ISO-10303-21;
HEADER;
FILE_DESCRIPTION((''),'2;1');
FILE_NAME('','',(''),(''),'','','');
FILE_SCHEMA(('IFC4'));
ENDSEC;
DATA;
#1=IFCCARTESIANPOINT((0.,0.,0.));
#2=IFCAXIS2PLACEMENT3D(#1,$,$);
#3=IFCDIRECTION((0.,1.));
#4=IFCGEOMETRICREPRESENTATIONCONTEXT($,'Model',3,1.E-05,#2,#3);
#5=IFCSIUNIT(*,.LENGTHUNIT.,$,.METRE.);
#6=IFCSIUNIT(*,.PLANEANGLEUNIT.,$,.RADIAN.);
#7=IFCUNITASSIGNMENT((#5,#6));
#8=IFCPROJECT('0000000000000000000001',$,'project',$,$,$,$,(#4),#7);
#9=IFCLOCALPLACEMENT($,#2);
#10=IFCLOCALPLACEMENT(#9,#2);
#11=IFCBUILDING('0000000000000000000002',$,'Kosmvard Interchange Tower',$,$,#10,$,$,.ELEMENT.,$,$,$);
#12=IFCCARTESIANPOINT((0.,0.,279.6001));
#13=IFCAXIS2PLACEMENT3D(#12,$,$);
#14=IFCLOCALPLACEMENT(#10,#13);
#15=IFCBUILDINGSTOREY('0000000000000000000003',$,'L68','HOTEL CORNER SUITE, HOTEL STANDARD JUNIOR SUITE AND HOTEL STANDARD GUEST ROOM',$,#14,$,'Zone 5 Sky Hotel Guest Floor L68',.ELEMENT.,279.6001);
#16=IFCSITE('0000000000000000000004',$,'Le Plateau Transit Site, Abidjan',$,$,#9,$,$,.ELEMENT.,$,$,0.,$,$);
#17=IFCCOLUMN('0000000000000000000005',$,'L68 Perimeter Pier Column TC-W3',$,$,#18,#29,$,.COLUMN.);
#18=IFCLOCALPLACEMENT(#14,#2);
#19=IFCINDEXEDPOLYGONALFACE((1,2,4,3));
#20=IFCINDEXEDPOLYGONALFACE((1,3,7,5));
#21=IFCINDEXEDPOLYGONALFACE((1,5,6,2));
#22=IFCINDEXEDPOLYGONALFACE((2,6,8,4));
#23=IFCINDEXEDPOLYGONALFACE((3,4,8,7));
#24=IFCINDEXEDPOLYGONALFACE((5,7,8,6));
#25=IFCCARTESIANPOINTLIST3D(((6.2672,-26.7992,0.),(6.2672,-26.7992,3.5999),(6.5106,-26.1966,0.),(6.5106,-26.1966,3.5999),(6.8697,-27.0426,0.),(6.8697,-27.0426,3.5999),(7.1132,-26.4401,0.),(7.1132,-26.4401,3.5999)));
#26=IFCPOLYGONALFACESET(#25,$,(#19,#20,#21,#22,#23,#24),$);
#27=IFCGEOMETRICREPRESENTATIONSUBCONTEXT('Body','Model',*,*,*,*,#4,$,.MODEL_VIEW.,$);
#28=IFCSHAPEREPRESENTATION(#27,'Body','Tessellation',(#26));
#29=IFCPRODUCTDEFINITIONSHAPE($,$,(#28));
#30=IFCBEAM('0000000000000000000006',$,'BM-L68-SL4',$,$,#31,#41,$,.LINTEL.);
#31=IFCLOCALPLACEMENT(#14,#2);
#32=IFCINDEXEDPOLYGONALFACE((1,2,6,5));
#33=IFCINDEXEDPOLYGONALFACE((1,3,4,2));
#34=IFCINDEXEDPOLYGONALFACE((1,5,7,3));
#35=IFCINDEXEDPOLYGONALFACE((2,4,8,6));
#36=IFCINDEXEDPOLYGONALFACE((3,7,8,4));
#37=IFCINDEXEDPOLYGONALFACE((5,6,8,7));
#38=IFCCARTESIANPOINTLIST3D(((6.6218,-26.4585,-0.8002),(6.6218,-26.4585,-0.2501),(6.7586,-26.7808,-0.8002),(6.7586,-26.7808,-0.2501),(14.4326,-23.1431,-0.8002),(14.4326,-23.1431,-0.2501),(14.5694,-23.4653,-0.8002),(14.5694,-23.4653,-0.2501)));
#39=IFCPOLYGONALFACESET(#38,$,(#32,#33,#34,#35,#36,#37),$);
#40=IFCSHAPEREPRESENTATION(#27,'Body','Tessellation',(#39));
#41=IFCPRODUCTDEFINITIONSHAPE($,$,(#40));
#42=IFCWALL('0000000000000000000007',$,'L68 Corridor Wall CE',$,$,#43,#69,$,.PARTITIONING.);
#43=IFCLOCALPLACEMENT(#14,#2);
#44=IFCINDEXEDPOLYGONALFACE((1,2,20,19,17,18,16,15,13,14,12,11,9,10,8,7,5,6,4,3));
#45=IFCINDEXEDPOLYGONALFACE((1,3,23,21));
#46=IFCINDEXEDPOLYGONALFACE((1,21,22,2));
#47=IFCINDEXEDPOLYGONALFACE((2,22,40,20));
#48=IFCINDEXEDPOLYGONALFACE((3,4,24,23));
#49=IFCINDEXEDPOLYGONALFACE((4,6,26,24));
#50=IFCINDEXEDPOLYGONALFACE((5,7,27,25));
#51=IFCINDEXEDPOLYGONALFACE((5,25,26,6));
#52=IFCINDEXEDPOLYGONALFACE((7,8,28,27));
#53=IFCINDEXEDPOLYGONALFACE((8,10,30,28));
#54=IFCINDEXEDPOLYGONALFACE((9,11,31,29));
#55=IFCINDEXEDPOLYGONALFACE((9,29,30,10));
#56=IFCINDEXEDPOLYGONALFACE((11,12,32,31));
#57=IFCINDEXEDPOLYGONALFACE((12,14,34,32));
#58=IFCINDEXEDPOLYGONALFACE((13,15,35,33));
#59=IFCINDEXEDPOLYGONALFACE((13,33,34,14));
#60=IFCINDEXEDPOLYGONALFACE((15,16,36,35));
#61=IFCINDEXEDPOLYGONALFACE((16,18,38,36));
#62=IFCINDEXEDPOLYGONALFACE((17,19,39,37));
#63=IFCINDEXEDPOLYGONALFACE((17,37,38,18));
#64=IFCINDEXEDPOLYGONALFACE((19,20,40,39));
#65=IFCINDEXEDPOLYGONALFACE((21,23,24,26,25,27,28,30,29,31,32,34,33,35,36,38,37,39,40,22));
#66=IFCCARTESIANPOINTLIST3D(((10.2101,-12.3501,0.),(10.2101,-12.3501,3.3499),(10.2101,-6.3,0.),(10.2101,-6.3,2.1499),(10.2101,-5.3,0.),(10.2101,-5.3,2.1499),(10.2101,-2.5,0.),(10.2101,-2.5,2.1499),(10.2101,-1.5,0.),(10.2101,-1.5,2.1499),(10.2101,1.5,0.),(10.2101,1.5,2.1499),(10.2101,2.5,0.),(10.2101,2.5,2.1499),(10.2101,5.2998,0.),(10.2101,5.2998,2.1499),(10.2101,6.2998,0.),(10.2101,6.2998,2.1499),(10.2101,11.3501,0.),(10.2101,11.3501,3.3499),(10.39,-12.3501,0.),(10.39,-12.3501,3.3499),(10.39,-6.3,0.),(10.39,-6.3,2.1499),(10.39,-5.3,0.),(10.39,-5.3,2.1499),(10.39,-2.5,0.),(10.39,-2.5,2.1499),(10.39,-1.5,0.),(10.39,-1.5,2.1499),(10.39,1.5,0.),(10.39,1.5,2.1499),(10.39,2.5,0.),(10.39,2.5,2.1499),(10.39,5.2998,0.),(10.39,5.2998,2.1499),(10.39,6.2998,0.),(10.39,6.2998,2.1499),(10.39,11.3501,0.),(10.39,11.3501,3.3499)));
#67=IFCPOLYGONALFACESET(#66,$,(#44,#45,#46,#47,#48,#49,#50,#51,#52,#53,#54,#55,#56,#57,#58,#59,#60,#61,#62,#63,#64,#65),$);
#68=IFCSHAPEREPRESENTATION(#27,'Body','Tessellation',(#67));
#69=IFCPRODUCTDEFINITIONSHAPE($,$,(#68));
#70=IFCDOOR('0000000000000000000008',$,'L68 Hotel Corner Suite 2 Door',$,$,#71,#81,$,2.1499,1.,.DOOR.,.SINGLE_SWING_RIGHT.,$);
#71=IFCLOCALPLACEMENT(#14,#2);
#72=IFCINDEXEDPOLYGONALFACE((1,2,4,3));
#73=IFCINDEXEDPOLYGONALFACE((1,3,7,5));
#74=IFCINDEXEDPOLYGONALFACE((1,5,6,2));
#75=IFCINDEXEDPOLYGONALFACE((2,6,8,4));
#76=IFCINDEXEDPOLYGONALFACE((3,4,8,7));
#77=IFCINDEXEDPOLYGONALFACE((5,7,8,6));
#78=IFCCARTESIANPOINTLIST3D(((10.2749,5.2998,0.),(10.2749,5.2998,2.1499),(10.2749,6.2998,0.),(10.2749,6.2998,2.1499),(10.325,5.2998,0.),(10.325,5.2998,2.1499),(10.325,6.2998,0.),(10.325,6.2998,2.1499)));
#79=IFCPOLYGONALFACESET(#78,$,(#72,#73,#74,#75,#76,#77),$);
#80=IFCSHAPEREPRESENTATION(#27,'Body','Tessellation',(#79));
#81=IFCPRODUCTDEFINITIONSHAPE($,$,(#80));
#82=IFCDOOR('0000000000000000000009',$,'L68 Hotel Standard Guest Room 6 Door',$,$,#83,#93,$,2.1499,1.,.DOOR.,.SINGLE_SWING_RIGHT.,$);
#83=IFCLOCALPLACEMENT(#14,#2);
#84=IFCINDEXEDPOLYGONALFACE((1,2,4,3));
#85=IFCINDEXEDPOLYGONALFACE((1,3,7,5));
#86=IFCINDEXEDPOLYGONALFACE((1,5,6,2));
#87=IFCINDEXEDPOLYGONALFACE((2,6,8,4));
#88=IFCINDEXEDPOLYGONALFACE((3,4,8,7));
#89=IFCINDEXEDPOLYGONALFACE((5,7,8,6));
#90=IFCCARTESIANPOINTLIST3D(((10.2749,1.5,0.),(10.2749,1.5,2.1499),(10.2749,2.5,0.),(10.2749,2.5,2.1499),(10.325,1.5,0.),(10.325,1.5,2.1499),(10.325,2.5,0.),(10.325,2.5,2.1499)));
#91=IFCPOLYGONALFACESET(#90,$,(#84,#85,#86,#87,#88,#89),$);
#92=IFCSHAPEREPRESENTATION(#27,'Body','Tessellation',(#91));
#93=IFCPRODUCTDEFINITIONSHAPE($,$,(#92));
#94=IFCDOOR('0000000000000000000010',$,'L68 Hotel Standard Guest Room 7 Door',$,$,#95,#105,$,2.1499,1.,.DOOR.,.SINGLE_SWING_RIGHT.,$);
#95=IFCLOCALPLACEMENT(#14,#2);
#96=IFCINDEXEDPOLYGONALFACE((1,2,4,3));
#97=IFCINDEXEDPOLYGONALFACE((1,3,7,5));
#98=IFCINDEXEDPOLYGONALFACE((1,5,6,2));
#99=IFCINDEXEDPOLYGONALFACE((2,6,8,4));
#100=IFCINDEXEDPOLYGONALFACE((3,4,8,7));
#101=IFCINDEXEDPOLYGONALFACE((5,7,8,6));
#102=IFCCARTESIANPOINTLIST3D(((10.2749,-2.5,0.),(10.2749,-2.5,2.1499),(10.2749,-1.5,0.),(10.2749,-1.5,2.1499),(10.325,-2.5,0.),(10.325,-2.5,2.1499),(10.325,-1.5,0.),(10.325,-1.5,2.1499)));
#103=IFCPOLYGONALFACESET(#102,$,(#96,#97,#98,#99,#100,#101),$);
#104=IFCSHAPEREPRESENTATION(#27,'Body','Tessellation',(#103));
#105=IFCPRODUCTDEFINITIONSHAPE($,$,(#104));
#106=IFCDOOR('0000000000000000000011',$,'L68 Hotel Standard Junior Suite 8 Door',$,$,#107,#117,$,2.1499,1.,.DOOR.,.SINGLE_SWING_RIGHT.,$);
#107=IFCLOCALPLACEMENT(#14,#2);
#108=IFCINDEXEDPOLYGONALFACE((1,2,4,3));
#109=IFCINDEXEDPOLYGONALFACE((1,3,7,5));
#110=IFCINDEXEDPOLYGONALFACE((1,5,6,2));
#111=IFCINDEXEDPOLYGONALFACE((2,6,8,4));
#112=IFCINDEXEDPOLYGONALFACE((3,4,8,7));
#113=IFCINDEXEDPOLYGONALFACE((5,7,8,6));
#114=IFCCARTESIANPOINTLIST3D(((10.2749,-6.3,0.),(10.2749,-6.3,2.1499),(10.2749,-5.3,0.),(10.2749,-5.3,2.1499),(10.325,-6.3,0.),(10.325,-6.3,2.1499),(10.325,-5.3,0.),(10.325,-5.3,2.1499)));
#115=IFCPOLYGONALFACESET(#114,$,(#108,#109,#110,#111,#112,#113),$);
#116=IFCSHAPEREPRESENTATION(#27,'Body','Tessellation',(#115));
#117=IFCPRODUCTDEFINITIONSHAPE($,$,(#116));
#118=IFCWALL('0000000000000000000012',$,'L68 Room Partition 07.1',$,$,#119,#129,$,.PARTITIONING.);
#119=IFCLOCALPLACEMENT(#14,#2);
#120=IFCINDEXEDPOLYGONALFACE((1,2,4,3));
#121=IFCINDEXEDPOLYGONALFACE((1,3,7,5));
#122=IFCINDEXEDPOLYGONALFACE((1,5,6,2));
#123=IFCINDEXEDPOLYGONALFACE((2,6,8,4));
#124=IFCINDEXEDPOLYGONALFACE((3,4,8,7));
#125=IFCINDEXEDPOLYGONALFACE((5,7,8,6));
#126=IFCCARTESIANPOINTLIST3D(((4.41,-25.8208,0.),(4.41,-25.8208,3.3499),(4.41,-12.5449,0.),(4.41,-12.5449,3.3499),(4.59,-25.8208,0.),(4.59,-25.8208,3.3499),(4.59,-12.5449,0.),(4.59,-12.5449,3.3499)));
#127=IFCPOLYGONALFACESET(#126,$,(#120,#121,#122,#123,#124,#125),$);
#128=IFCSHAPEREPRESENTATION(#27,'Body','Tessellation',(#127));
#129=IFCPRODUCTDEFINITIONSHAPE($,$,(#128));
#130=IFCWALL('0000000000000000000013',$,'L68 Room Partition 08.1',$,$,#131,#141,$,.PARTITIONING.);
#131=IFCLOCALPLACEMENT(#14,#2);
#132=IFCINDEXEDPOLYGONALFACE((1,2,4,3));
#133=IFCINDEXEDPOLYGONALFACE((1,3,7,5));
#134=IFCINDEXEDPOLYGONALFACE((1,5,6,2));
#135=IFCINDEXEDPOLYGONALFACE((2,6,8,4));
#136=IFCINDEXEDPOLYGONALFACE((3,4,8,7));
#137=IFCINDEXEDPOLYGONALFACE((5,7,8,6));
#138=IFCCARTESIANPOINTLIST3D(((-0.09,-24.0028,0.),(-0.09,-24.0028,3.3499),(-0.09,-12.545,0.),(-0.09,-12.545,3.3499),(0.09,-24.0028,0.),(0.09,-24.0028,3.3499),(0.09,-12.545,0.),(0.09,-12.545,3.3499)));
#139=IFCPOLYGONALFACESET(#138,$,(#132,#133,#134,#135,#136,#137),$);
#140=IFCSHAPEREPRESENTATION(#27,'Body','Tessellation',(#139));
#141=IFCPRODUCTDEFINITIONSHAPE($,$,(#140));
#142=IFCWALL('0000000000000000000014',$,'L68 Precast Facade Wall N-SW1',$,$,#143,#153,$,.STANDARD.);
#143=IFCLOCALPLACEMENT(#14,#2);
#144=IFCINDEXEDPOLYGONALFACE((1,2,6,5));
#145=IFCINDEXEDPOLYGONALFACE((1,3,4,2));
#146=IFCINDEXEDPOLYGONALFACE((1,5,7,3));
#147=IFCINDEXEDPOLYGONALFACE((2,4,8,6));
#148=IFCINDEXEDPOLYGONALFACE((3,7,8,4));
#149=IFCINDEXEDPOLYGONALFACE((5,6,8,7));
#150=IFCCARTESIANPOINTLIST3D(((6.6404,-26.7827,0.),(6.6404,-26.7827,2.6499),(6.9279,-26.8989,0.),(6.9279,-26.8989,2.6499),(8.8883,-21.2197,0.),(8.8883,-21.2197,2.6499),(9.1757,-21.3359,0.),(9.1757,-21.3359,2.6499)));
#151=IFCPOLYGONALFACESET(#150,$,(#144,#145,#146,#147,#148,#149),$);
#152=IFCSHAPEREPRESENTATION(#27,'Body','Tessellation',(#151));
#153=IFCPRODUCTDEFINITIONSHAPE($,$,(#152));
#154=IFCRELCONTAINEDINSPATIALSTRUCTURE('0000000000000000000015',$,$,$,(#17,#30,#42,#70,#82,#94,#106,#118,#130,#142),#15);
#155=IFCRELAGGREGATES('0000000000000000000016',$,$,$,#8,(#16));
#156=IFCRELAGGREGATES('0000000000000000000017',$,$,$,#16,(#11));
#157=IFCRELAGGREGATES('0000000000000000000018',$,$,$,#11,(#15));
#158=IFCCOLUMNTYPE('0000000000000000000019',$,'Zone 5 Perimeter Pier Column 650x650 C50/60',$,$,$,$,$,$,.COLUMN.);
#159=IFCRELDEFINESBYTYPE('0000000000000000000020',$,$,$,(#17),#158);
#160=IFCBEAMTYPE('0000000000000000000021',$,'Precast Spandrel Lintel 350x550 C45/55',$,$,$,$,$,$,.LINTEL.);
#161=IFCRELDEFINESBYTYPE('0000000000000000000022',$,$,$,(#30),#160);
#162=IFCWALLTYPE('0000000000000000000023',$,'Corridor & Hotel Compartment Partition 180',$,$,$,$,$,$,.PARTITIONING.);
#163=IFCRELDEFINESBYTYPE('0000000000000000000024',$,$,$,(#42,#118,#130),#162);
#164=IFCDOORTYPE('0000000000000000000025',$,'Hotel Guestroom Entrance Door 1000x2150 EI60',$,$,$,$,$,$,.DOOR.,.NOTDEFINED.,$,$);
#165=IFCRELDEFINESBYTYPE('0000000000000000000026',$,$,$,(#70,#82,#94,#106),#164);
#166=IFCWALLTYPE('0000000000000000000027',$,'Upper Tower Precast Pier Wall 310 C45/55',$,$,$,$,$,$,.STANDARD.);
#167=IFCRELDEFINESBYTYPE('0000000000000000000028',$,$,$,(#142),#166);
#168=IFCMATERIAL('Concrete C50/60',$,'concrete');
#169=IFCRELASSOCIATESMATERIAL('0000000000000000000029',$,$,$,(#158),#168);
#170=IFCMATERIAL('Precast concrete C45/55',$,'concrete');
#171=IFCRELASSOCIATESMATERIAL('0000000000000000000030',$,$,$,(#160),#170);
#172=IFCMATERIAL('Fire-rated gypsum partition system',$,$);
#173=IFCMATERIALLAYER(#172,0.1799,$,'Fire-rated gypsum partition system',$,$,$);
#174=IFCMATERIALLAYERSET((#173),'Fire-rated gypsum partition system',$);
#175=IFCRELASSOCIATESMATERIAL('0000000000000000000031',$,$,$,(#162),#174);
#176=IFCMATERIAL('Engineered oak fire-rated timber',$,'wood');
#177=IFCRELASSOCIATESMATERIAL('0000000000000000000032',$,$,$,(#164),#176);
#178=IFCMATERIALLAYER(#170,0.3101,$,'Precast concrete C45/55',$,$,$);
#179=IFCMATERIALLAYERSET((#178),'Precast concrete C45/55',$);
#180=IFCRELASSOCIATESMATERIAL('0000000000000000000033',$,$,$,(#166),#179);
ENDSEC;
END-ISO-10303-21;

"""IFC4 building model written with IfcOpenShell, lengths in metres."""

from ifc_helpers import new_model, si_unit, direction, frame, frame_2d, origin, origin_2d, place, context, subcontext, project, spatial, rectangle, extrude, source, transform, mapped, material, layer, layer_set, material_profile, profile_set, type_object, element, fill, save


model = new_model("IFC4")

# Units and contexts
model_context = context("Model", 3, precision=1e-05, world=origin(), true_north=direction((0.0, 1.0)))
body_context = subcontext(model_context, "Body", "Model", "MODEL_VIEW")
ifc_project = project(units=[si_unit("LENGTHUNIT", "METRE"), si_unit("PLANEANGLEUNIT", "RADIAN")], contexts=[model_context])

# Site, building, storey
site_placement = place(None, origin())
site = spatial("IfcSite", under=ifc_project, at=site_placement, Name="Le Plateau Transit Site, Abidjan", CompositionType="ELEMENT", RefElevation=0.0)
building_placement = place(site_placement, origin())
building = spatial("IfcBuilding", under=site, at=building_placement, Name="Kosmvard Interchange Tower", CompositionType="ELEMENT")
storey_placement = place(building_placement, frame((0.0, 0.0, 279.6001)))
storey = spatial("IfcBuildingStorey", under=building, at=storey_placement, Name="L68", Description="HOTEL CORNER SUITE, HOTEL STANDARD JUNIOR SUITE AND HOTEL STANDARD GUEST ROOM", LongName="Zone 5 Sky Hotel Guest Floor L68", CompositionType="ELEMENT", Elevation=279.6001)

# Column
ifc_material_1 = material(Name="Concrete C50/60", Category="concrete")
ifc_material_profile_1 = material_profile(ifc_material_1, rectangle(XDim=0.6499, YDim=0.6499, at=origin_2d()), Name="TC 650x650")
ifc_profile_set_1 = profile_set([ifc_material_profile_1], Name="Concrete C50/60")
column_type = type_object("IfcColumnType", Name="Zone 5 Perimeter Pier Column 650x650 C50/60", PredefinedType="COLUMN", material=ifc_profile_set_1)
shared_shape_1 = source(origin(), body_context, "Body", "SweptSolid", [
    extrude(rectangle(XDim=0.6499, YDim=0.6499, at=origin_2d()), origin(), (0.0, 0.0, 1.0), 3.5999),
])
column_placement = place(storey_placement, frame((6.6902, -26.6196, 0.0), z_axis=(0.0, 0.0, 1.0), x_axis=(0.374607, 0.927184, 0.0)))
element("IfcColumn", 1, at=column_placement, inside=storey, type_object=column_type, Name="L68 Perimeter Pier Column TC-W3", PredefinedType="COLUMN", context=body_context, shape_type="MappedRepresentation", body=[
    mapped(shared_shape_1, transform((0.0, 0.0, 0.0), scale=1.0)),
])

# Beam
ifc_material_2 = material(Name="Precast concrete C45/55", Category="concrete")
ifc_material_profile_2 = material_profile(ifc_material_2, rectangle(XDim=0.3501, YDim=0.55, at=origin_2d()), Name="SL 350x550")
ifc_profile_set_2 = profile_set([ifc_material_profile_2], Name="Precast concrete C45/55")
beam_type = type_object("IfcBeamType", Name="Precast Spandrel Lintel 350x550 C45/55", PredefinedType="LINTEL", material=ifc_profile_set_2)
shared_shape_2 = source(origin(), body_context, "Body", "SweptSolid", [
    extrude(rectangle(XDim=0.3501, YDim=0.55, at=origin_2d()), origin(), (0.0, 0.0, 1.0), 8.4854),
])
beam_placement = place(storey_placement, frame((6.6902, -26.6196, -0.5251), z_axis=(0.920507, 0.390726, 0.0), x_axis=(-0.390726, 0.920507, 0.0)))
element("IfcBeam", 2, at=beam_placement, inside=storey, type_object=beam_type, Name="BM-L68-SL4", PredefinedType="LINTEL", context=body_context, shape_type="MappedRepresentation", body=[
    mapped(shared_shape_2, transform((0.0, 0.0, 0.0), scale=1.0)),
])

# Wall, openings, doors
ifc_material_3 = material(Name="Fire-rated gypsum partition system")
ifc_layer_1 = layer(ifc_material_3, 0.1799, Name="Fire-rated gypsum partition system")
ifc_layer_set_1 = layer_set([ifc_layer_1], Name="Fire-rated gypsum partition system")
wall_type_1 = type_object("IfcWallType", Name="Corridor & Hotel Compartment Partition 180", PredefinedType="PARTITIONING", material=ifc_layer_set_1)
wall_1_placement = place(storey_placement, frame((10.3, -12.3501, 0.0), z_axis=(0.0, 0.0, 1.0), x_axis=(0.0, 1.0, 0.0)))
wall_1 = element("IfcWall", 3, at=wall_1_placement, inside=storey, type_object=wall_type_1, Name="L68 Corridor Wall CE", PredefinedType="PARTITIONING", context=body_context, shape_type="SweptSolid", body=[
    extrude(rectangle(XDim=23.7002, YDim=0.1799, at=frame_2d((11.8501, 0.0))), origin(), (0.0, 0.0, 1.0), 3.3499),
])
opening_1_placement = place(wall_1_placement, frame((17.6499, 0.0, 0.0)))
opening_1 = element("IfcOpeningElement", 4, at=opening_1_placement, cuts=wall_1, PredefinedType="OPENING", context=body_context, shape_type="SweptSolid", body=[
    extrude(rectangle(XDim=1.0, YDim=2.1499, at=frame_2d((0.5, 1.075))), frame((0.0, 0.1001, 0.0), z_axis=(0.0, -1.0, 0.0), x_axis=(1.0, 0.0, 0.0)), (0.0, 0.0, 1.0), 0.2),
])
opening_2_placement = place(wall_1_placement, frame((13.8501, 0.0, 0.0)))
opening_2 = element("IfcOpeningElement", 5, at=opening_2_placement, cuts=wall_1, PredefinedType="OPENING", context=body_context, shape_type="SweptSolid", body=[
    extrude(rectangle(XDim=1.0, YDim=2.1499, at=frame_2d((0.5, 1.075))), frame((0.0, 0.1001, 0.0), z_axis=(0.0, -1.0, 0.0), x_axis=(1.0, 0.0, 0.0)), (0.0, 0.0, 1.0), 0.2),
])
opening_3_placement = place(wall_1_placement, frame((9.8501, 0.0, 0.0)))
opening_3 = element("IfcOpeningElement", 6, at=opening_3_placement, cuts=wall_1, PredefinedType="OPENING", context=body_context, shape_type="SweptSolid", body=[
    extrude(rectangle(XDim=1.0, YDim=2.1499, at=frame_2d((0.5, 1.075))), frame((0.0, 0.1001, 0.0), z_axis=(0.0, -1.0, 0.0), x_axis=(1.0, 0.0, 0.0)), (0.0, 0.0, 1.0), 0.2),
])
opening_4_placement = place(wall_1_placement, frame((6.05, 0.0, 0.0)))
opening_4 = element("IfcOpeningElement", 7, at=opening_4_placement, cuts=wall_1, PredefinedType="OPENING", context=body_context, shape_type="SweptSolid", body=[
    extrude(rectangle(XDim=1.0, YDim=2.1499, at=frame_2d((0.5, 1.075))), frame((0.0, 0.1001, 0.0), z_axis=(0.0, -1.0, 0.0), x_axis=(1.0, 0.0, 0.0)), (0.0, 0.0, 1.0), 0.2),
])
ifc_material_4 = material(Name="Engineered oak fire-rated timber", Category="wood")
door_type_1 = type_object("IfcDoorType", Name="Hotel Guestroom Entrance Door 1000x2150 EI60", OperationType="NOTDEFINED", PredefinedType="DOOR", material=ifc_material_4)
shared_shape_3 = source(origin(), body_context, "Body", "SweptSolid", [
    extrude(rectangle(XDim=1.0, YDim=2.1499, at=frame_2d((0.5, 1.075))), frame((0.0, 0.0249, 0.0), z_axis=(0.0, -1.0, 0.0), x_axis=(1.0, 0.0, 0.0)), (0.0, 0.0, 1.0), 0.05),
])
door_1_placement = place(opening_1_placement, frame((1.0, 0.0, 0.0), z_axis=(0.0, 0.0, 1.0), x_axis=(-1.0, 0.0, 0.0)))
door_1 = element("IfcDoor", 8, at=door_1_placement, inside=storey, type_object=door_type_1, Name="L68 Hotel Corner Suite 2 Door", OperationType="SINGLE_SWING_RIGHT", OverallHeight=2.1499, OverallWidth=1.0, PredefinedType="DOOR", context=body_context, shape_type="MappedRepresentation", body=[
    mapped(shared_shape_3, transform((0.0, 0.0, 0.0), scale=1.0)),
])
fill(opening_1, door_1)
door_2_placement = place(opening_2_placement, frame((1.0, 0.0, 0.0), z_axis=(0.0, 0.0, 1.0), x_axis=(-1.0, 0.0, 0.0)))
door_2 = element("IfcDoor", 9, at=door_2_placement, inside=storey, type_object=door_type_1, Name="L68 Hotel Standard Guest Room 6 Door", OperationType="SINGLE_SWING_RIGHT", OverallHeight=2.1499, OverallWidth=1.0, PredefinedType="DOOR", context=body_context, shape_type="MappedRepresentation", body=[
    mapped(shared_shape_3, transform((0.0, 0.0, 0.0), scale=1.0)),
])
fill(opening_2, door_2)
door_3_placement = place(opening_3_placement, frame((1.0, 0.0, 0.0), z_axis=(0.0, 0.0, 1.0), x_axis=(-1.0, 0.0, 0.0)))
door_3 = element("IfcDoor", 10, at=door_3_placement, inside=storey, type_object=door_type_1, Name="L68 Hotel Standard Guest Room 7 Door", OperationType="SINGLE_SWING_RIGHT", OverallHeight=2.1499, OverallWidth=1.0, PredefinedType="DOOR", context=body_context, shape_type="MappedRepresentation", body=[
    mapped(shared_shape_3, transform((0.0, 0.0, 0.0), scale=1.0)),
])
fill(opening_3, door_3)
door_4_placement = place(opening_4_placement, frame((1.0, 0.0, 0.0), z_axis=(0.0, 0.0, 1.0), x_axis=(-1.0, 0.0, 0.0)))
door_4 = element("IfcDoor", 11, at=door_4_placement, inside=storey, type_object=door_type_1, Name="L68 Hotel Standard Junior Suite 8 Door", OperationType="SINGLE_SWING_RIGHT", OverallHeight=2.1499, OverallWidth=1.0, PredefinedType="DOOR", context=body_context, shape_type="MappedRepresentation", body=[
    mapped(shared_shape_3, transform((0.0, 0.0, 0.0), scale=1.0)),
])
fill(opening_4, door_4)

# Walls
wall_2_placement = place(storey_placement, frame((4.5, -12.5449, 0.0), z_axis=(0.0, 0.0, 1.0), x_axis=(0.0, -1.0, 0.0)))
element("IfcWall", 12, at=wall_2_placement, inside=storey, type_object=wall_type_1, Name="L68 Room Partition 07.1", PredefinedType="PARTITIONING", context=body_context, shape_type="SweptSolid", body=[
    extrude(rectangle(XDim=13.2759, YDim=0.1799, at=frame_2d((6.6379, 0.0))), origin(), (0.0, 0.0, 1.0), 3.3499),
])
wall_3_placement = place(storey_placement, frame((0.0, -12.5449, 0.0), z_axis=(0.0, 0.0, 1.0), x_axis=(0.0, -1.0, 0.0)))
element("IfcWall", 13, at=wall_3_placement, inside=storey, type_object=wall_type_1, Name="L68 Room Partition 08.1", PredefinedType="PARTITIONING", context=body_context, shape_type="SweptSolid", body=[
    extrude(rectangle(XDim=11.4578, YDim=0.1799, at=frame_2d((5.729, 0.0))), origin(), (0.0, 0.0, 1.0), 3.3499),
])
ifc_layer_2 = layer(ifc_material_2, 0.3101, Name="Precast concrete C45/55")
ifc_layer_set_2 = layer_set([ifc_layer_2], Name="Precast concrete C45/55")
wall_type_2 = type_object("IfcWallType", Name="Upper Tower Precast Pier Wall 310 C45/55", PredefinedType="STANDARD", material=ifc_layer_set_2)
wall_4_placement = place(storey_placement, frame((6.7842, -26.8408, 0.0), z_axis=(0.0, 0.0, 1.0), x_axis=(0.374637, 0.927172, 0.0)))
element("IfcWall", 14, at=wall_4_placement, inside=storey, type_object=wall_type_2, Name="L68 Precast Facade Wall N-SW1", PredefinedType="STANDARD", context=body_context, shape_type="SweptSolid", body=[
    extrude(rectangle(XDim=6.0, YDim=0.3101, at=frame_2d((3.0, 0.0))), origin(), (0.0, 0.0, 1.0), 2.6499),
])

save(model, "model.ifc")
